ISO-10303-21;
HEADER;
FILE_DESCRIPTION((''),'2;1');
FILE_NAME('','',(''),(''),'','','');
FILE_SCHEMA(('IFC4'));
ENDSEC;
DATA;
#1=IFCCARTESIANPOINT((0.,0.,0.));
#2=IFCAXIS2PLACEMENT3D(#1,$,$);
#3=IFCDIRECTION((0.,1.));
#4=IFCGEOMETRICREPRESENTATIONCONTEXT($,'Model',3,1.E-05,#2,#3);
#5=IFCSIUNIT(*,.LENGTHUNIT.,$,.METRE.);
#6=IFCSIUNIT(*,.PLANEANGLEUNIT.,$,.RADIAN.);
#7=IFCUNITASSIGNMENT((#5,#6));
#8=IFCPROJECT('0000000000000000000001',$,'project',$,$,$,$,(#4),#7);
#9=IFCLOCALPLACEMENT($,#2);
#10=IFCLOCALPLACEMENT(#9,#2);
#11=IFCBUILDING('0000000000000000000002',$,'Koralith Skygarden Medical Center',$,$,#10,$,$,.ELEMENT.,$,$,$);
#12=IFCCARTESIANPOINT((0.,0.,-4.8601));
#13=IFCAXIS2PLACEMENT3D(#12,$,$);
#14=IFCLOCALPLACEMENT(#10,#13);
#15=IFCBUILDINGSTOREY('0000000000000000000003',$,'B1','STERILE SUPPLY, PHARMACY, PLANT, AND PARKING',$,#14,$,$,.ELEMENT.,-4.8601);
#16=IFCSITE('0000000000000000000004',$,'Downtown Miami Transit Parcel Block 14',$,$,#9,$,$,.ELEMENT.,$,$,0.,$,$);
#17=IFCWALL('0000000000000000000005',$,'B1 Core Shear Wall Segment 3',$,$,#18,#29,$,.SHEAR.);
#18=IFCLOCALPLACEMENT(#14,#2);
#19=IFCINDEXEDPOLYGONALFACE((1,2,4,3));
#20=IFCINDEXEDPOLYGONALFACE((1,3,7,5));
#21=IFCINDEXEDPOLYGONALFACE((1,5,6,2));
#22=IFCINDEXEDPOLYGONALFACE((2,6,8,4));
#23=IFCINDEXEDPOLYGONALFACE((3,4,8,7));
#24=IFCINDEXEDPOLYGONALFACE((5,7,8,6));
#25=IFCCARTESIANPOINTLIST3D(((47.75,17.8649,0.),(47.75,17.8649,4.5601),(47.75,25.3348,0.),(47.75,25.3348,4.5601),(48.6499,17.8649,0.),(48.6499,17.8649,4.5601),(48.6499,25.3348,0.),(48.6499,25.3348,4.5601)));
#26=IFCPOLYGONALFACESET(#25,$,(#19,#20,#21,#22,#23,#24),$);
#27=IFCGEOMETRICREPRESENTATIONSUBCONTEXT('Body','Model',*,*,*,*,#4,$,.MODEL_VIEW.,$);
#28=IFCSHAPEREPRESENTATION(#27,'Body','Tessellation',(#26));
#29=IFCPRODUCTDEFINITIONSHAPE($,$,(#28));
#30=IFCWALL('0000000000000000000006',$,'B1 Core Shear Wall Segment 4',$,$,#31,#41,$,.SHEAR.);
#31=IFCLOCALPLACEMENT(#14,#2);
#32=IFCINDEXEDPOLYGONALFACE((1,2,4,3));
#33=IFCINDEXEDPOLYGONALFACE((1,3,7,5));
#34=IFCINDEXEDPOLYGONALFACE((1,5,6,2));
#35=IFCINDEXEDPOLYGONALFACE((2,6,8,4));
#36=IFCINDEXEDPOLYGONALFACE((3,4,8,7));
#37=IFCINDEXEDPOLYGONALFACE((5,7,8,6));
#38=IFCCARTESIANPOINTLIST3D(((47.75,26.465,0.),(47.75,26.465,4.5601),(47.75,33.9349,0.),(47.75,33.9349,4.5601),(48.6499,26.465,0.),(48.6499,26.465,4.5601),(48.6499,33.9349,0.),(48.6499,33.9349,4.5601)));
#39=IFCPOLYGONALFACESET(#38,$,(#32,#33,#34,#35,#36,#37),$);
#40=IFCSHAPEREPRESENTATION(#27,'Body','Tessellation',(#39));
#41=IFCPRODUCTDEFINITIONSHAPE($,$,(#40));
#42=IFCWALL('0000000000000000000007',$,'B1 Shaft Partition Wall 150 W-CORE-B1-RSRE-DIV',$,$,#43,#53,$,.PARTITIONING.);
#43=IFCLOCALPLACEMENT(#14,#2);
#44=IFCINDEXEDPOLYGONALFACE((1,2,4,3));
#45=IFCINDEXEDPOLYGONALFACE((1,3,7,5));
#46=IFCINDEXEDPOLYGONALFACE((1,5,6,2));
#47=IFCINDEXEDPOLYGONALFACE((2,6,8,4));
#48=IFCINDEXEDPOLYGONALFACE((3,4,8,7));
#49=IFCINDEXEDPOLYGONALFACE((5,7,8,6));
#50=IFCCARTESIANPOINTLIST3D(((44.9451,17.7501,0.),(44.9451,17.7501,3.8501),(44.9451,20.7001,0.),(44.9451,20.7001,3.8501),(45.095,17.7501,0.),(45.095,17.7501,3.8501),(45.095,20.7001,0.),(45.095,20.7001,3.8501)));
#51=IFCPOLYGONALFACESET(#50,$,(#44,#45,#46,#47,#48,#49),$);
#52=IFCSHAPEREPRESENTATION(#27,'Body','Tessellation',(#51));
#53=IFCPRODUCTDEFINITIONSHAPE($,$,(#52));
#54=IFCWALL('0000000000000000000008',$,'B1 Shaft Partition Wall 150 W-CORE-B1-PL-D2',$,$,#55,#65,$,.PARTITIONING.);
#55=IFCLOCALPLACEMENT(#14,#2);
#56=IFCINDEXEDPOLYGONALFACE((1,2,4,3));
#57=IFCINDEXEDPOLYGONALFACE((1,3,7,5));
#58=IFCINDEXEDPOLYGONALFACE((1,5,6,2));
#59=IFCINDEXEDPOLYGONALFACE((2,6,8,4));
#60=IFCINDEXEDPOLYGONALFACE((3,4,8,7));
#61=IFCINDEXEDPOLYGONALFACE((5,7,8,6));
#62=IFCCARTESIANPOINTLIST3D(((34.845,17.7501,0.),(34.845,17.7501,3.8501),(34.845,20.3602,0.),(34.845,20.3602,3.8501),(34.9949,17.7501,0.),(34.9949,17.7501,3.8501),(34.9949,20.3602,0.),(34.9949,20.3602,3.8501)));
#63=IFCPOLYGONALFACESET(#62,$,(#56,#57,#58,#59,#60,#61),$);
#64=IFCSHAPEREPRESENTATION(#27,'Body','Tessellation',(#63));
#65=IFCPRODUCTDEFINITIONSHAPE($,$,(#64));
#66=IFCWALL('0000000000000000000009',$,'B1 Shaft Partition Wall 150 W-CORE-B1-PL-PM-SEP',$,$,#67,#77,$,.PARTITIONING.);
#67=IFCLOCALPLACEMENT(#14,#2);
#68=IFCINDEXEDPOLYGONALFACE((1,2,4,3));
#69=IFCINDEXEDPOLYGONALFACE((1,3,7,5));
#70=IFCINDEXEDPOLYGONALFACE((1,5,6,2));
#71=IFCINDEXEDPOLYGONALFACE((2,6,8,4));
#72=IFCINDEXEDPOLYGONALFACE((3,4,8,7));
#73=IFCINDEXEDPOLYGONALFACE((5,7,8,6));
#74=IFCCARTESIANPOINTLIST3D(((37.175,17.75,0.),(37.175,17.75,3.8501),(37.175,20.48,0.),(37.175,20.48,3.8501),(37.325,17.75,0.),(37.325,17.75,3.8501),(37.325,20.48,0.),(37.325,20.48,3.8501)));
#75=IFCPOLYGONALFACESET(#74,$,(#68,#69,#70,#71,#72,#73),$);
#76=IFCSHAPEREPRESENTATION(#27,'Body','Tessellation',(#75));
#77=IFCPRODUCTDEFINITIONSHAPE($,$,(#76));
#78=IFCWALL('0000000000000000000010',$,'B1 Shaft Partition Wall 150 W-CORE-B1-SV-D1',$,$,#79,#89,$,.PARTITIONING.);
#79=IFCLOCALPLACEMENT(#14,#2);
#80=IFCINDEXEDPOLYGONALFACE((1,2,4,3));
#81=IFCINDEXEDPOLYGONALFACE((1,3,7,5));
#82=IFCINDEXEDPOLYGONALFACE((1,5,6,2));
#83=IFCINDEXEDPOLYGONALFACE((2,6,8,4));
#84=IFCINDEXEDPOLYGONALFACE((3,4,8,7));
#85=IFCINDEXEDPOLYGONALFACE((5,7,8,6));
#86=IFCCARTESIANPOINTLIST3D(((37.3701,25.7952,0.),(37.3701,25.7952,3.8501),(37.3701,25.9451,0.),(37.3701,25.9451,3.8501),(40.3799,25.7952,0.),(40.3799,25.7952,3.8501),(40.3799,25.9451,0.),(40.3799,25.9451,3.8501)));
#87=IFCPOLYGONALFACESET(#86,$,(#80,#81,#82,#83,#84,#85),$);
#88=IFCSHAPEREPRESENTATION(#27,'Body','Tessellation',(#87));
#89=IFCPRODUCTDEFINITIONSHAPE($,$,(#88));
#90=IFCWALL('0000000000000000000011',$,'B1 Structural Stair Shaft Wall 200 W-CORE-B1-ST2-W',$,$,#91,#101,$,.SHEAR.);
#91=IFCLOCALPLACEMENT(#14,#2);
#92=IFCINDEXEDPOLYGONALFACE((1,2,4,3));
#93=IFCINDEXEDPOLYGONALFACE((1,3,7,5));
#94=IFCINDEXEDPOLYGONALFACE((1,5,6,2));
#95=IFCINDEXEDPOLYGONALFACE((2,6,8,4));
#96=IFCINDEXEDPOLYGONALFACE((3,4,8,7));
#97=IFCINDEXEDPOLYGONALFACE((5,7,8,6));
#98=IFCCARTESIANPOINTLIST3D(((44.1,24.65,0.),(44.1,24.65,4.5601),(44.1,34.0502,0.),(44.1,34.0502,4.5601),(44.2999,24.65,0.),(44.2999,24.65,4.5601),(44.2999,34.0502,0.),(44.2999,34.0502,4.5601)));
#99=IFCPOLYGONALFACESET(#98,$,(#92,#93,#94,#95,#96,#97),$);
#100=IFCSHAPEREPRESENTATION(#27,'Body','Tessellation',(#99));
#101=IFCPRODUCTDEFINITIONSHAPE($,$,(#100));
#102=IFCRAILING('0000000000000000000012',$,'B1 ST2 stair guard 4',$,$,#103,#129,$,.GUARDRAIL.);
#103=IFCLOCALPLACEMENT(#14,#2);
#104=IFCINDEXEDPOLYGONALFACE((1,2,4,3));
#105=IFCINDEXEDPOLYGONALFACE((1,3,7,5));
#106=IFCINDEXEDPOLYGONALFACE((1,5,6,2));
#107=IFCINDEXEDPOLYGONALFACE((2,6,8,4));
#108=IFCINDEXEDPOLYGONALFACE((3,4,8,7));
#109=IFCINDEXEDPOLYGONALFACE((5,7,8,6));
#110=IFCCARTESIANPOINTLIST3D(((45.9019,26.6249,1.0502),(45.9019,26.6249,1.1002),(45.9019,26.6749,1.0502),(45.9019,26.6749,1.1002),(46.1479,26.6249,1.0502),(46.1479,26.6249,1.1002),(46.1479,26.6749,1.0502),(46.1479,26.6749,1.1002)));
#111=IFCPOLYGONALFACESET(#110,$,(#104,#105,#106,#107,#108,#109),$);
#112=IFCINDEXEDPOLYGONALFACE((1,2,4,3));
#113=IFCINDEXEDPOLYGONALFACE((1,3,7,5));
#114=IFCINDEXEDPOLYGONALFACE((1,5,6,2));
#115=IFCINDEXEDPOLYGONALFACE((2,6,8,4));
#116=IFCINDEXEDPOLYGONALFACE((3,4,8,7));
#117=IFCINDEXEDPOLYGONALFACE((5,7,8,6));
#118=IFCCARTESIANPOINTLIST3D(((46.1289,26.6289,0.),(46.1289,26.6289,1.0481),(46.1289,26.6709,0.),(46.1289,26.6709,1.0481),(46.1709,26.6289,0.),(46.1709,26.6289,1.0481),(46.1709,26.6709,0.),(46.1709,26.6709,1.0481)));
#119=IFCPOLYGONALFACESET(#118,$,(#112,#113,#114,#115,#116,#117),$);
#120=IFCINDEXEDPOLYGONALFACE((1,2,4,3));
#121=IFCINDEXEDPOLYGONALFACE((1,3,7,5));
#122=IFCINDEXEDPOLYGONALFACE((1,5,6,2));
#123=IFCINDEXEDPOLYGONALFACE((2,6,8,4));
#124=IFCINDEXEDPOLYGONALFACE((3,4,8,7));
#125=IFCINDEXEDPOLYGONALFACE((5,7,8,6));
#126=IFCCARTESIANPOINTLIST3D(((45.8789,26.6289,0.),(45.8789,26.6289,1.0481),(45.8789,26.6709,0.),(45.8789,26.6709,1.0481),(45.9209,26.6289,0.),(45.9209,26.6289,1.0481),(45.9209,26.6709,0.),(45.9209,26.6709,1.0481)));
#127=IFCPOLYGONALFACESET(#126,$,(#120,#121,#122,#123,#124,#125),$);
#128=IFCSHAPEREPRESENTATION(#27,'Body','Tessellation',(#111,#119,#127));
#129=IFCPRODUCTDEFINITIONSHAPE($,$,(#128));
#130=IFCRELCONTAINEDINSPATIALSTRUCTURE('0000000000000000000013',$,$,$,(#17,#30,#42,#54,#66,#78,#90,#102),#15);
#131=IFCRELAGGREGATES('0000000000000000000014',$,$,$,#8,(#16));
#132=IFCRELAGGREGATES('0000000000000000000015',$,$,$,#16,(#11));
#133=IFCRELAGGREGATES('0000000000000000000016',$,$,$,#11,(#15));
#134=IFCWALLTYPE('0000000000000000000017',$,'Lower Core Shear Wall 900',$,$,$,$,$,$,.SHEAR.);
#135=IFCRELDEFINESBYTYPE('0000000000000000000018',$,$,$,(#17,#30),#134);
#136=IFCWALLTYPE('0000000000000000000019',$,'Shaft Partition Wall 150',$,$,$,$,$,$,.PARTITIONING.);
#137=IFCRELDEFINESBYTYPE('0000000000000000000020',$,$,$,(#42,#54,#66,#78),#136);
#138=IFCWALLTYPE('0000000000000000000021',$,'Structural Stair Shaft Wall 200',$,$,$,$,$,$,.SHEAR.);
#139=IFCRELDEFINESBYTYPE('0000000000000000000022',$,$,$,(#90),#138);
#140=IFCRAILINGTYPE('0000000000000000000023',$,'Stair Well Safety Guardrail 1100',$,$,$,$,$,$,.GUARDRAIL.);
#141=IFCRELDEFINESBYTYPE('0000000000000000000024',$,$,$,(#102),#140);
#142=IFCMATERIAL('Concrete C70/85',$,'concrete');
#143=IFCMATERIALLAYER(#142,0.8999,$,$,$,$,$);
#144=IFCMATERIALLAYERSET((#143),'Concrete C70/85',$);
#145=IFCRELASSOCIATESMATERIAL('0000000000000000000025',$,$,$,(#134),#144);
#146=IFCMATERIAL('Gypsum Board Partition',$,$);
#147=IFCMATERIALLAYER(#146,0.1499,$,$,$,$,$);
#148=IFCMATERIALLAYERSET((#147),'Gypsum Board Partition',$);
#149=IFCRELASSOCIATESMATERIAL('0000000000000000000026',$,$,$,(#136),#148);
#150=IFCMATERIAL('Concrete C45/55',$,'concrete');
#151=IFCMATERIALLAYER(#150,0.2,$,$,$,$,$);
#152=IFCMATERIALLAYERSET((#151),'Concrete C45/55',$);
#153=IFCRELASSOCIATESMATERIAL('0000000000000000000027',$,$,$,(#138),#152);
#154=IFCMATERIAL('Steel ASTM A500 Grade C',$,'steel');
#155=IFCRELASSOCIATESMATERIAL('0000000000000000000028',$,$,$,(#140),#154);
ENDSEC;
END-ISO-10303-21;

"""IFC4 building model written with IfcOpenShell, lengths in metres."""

from ifc_helpers import new_model, si_unit, direction, frame, frame_2d, origin, origin_2d, place, context, subcontext, project, spatial, rectangle, extrude, material, layer, layer_set, type_object, element, save


model = new_model("IFC4")

# Units and contexts
model_context = context("Model", 3, precision=1e-05, world=origin(), true_north=direction((0.0, 1.0)))
body_context = subcontext(model_context, "Body", "Model", "MODEL_VIEW")
ifc_project = project(units=[si_unit("LENGTHUNIT", "METRE"), si_unit("PLANEANGLEUNIT", "RADIAN")], contexts=[model_context])

# Site, building, storey
site_placement = place(None, origin())
site = spatial("IfcSite", under=ifc_project, at=site_placement, Name="Downtown Miami Transit Parcel Block 14", CompositionType="ELEMENT", RefElevation=0.0)
building_placement = place(site_placement, origin())
building = spatial("IfcBuilding", under=site, at=building_placement, Name="Koralith Skygarden Medical Center", CompositionType="ELEMENT")
storey_placement = place(building_placement, frame((0.0, 0.0, -4.8601)))
storey = spatial("IfcBuildingStorey", under=building, at=storey_placement, Name="B1", Description="STERILE SUPPLY, PHARMACY, PLANT, AND PARKING", CompositionType="ELEMENT", Elevation=-4.8601)

# Shared definitions
ifc_material_1 = material(Name="Concrete C70/85", Category="concrete")

# Shared definitions
ifc_material_2 = material(Name="Gypsum Board Partition")
ifc_material_3 = material(Name="Steel ASTM A500 Grade C", Category="steel")

# Walls
ifc_layer_1 = layer(ifc_material_1, 0.8999)
ifc_layer_set_1 = layer_set([ifc_layer_1], Name="Concrete C70/85")
wall_type_1 = type_object("IfcWallType", Name="Lower Core Shear Wall 900", PredefinedType="SHEAR", material=ifc_layer_set_1)
for number, where, z_axis, x_axis, name in (
    (1, (48.2, 17.865, 0.0), (0.0, 0.0, 1.0), (0.0, 1.0, 0.0), "B1 Core Shear Wall Segment 3"),
    (2, (48.2, 26.4651, 0.0), (0.0, 0.0, 1.0), (0.0, 1.0, 0.0), "B1 Core Shear Wall Segment 4"),
):
    element("IfcWall", number, at=place(storey_placement, frame(where, z_axis=z_axis, x_axis=x_axis)), inside=storey, type_object=wall_type_1, Name=name, PredefinedType="SHEAR", context=body_context, shape_type="SweptSolid", body=[
        extrude(rectangle(XDim=7.47, YDim=0.8999, at=frame_2d((3.7349, 0.0))), origin(), (0.0, 0.0, 1.0), 4.5601),
    ])
ifc_layer_2 = layer(ifc_material_2, 0.1499)
ifc_layer_set_2 = layer_set([ifc_layer_2], Name="Gypsum Board Partition")
wall_type_2 = type_object("IfcWallType", Name="Shaft Partition Wall 150", PredefinedType="PARTITIONING", material=ifc_layer_set_2)
wall_1_placement = place(storey_placement, frame((45.02, 17.75, 0.0), z_axis=(0.0, 0.0, 1.0), x_axis=(0.0, 1.0, 0.0)))
element("IfcWall", 3, at=wall_1_placement, inside=storey, type_object=wall_type_2, Name="B1 Shaft Partition Wall 150 W-CORE-B1-RSRE-DIV", PredefinedType="PARTITIONING", context=body_context, shape_type="SweptSolid", body=[
    extrude(rectangle(XDim=2.95, YDim=0.1499, at=frame_2d((1.4751, 0.0))), origin(), (0.0, 0.0, 1.0), 3.8501),
])
wall_2_placement = place(storey_placement, frame((34.9199, 17.75, 0.0), z_axis=(0.0, 0.0, 1.0), x_axis=(0.0, 1.0, 0.0)))
element("IfcWall", 4, at=wall_2_placement, inside=storey, type_object=wall_type_2, Name="B1 Shaft Partition Wall 150 W-CORE-B1-PL-D2", PredefinedType="PARTITIONING", context=body_context, shape_type="SweptSolid", body=[
    extrude(rectangle(XDim=2.6101, YDim=0.1499, at=frame_2d((1.3052, 0.0))), origin(), (0.0, 0.0, 1.0), 3.8501),
])
wall_3_placement = place(storey_placement, frame((37.25, 17.75, 0.0), z_axis=(0.0, 0.0, 1.0), x_axis=(0.0, 1.0, 0.0)))
element("IfcWall", 5, at=wall_3_placement, inside=storey, type_object=wall_type_2, Name="B1 Shaft Partition Wall 150 W-CORE-B1-PL-PM-SEP", PredefinedType="PARTITIONING", context=body_context, shape_type="SweptSolid", body=[
    extrude(rectangle(XDim=2.73, YDim=0.1499, at=frame_2d((1.365, 0.0))), origin(), (0.0, 0.0, 1.0), 3.8501),
])
wall_4_placement = place(storey_placement, frame((37.3701, 25.8701, 0.0), z_axis=(0.0, 0.0, 1.0), x_axis=(1.0, 0.0, 0.0)))
element("IfcWall", 6, at=wall_4_placement, inside=storey, type_object=wall_type_2, Name="B1 Shaft Partition Wall 150 W-CORE-B1-SV-D1", PredefinedType="PARTITIONING", context=body_context, shape_type="SweptSolid", body=[
    extrude(rectangle(XDim=3.0098, YDim=0.1499, at=frame_2d((1.5049, 0.0))), origin(), (0.0, 0.0, 1.0), 3.8501),
])
ifc_material_4 = material(Name="Concrete C45/55", Category="concrete")
ifc_layer_3 = layer(ifc_material_4, 0.2)
ifc_layer_set_3 = layer_set([ifc_layer_3], Name="Concrete C45/55")
wall_type_3 = type_object("IfcWallType", Name="Structural Stair Shaft Wall 200", PredefinedType="SHEAR", material=ifc_layer_set_3)
wall_5_placement = place(storey_placement, frame((44.2, 24.6499, 0.0), z_axis=(0.0, 0.0, 1.0), x_axis=(0.0, 1.0, 0.0)))
element("IfcWall", 7, at=wall_5_placement, inside=storey, type_object=wall_type_3, Name="B1 Structural Stair Shaft Wall 200 W-CORE-B1-ST2-W", PredefinedType="SHEAR", context=body_context, shape_type="SweptSolid", body=[
    extrude(rectangle(XDim=9.4001, YDim=0.2, at=frame_2d((4.7002, 0.0))), origin(), (0.0, 0.0, 1.0), 4.5601),
])

# Railing
railing_type = type_object("IfcRailingType", Name="Stair Well Safety Guardrail 1100", PredefinedType="GUARDRAIL", material=ifc_material_3)
railing_placement = place(storey_placement, frame((46.1499, 26.6499, 0.0)))
element("IfcRailing", 8, at=railing_placement, inside=storey, type_object=railing_type, Name="B1 ST2 stair guard 4", PredefinedType="GUARDRAIL", context=body_context, shape_type="SweptSolid", body=[
    extrude(rectangle(XDim=0.05, YDim=0.05, at=origin_2d()), frame((-0.002, 0.0, 1.0752), z_axis=(-1.0, 0.0, 0.0), x_axis=(0.0, -1.0, 0.0)), (0.0, 0.0, 1.0), 0.2461),
    extrude(rectangle(XDim=0.042, YDim=0.042, at=origin_2d()), origin(), (0.0, 0.0, 1.0), 1.0481),
    extrude(rectangle(XDim=0.042, YDim=0.042, at=origin_2d()), frame((-0.25, 0.0, 0.0)), (0.0, 0.0, 1.0), 1.0481),
])

save(model, "model.ifc")
